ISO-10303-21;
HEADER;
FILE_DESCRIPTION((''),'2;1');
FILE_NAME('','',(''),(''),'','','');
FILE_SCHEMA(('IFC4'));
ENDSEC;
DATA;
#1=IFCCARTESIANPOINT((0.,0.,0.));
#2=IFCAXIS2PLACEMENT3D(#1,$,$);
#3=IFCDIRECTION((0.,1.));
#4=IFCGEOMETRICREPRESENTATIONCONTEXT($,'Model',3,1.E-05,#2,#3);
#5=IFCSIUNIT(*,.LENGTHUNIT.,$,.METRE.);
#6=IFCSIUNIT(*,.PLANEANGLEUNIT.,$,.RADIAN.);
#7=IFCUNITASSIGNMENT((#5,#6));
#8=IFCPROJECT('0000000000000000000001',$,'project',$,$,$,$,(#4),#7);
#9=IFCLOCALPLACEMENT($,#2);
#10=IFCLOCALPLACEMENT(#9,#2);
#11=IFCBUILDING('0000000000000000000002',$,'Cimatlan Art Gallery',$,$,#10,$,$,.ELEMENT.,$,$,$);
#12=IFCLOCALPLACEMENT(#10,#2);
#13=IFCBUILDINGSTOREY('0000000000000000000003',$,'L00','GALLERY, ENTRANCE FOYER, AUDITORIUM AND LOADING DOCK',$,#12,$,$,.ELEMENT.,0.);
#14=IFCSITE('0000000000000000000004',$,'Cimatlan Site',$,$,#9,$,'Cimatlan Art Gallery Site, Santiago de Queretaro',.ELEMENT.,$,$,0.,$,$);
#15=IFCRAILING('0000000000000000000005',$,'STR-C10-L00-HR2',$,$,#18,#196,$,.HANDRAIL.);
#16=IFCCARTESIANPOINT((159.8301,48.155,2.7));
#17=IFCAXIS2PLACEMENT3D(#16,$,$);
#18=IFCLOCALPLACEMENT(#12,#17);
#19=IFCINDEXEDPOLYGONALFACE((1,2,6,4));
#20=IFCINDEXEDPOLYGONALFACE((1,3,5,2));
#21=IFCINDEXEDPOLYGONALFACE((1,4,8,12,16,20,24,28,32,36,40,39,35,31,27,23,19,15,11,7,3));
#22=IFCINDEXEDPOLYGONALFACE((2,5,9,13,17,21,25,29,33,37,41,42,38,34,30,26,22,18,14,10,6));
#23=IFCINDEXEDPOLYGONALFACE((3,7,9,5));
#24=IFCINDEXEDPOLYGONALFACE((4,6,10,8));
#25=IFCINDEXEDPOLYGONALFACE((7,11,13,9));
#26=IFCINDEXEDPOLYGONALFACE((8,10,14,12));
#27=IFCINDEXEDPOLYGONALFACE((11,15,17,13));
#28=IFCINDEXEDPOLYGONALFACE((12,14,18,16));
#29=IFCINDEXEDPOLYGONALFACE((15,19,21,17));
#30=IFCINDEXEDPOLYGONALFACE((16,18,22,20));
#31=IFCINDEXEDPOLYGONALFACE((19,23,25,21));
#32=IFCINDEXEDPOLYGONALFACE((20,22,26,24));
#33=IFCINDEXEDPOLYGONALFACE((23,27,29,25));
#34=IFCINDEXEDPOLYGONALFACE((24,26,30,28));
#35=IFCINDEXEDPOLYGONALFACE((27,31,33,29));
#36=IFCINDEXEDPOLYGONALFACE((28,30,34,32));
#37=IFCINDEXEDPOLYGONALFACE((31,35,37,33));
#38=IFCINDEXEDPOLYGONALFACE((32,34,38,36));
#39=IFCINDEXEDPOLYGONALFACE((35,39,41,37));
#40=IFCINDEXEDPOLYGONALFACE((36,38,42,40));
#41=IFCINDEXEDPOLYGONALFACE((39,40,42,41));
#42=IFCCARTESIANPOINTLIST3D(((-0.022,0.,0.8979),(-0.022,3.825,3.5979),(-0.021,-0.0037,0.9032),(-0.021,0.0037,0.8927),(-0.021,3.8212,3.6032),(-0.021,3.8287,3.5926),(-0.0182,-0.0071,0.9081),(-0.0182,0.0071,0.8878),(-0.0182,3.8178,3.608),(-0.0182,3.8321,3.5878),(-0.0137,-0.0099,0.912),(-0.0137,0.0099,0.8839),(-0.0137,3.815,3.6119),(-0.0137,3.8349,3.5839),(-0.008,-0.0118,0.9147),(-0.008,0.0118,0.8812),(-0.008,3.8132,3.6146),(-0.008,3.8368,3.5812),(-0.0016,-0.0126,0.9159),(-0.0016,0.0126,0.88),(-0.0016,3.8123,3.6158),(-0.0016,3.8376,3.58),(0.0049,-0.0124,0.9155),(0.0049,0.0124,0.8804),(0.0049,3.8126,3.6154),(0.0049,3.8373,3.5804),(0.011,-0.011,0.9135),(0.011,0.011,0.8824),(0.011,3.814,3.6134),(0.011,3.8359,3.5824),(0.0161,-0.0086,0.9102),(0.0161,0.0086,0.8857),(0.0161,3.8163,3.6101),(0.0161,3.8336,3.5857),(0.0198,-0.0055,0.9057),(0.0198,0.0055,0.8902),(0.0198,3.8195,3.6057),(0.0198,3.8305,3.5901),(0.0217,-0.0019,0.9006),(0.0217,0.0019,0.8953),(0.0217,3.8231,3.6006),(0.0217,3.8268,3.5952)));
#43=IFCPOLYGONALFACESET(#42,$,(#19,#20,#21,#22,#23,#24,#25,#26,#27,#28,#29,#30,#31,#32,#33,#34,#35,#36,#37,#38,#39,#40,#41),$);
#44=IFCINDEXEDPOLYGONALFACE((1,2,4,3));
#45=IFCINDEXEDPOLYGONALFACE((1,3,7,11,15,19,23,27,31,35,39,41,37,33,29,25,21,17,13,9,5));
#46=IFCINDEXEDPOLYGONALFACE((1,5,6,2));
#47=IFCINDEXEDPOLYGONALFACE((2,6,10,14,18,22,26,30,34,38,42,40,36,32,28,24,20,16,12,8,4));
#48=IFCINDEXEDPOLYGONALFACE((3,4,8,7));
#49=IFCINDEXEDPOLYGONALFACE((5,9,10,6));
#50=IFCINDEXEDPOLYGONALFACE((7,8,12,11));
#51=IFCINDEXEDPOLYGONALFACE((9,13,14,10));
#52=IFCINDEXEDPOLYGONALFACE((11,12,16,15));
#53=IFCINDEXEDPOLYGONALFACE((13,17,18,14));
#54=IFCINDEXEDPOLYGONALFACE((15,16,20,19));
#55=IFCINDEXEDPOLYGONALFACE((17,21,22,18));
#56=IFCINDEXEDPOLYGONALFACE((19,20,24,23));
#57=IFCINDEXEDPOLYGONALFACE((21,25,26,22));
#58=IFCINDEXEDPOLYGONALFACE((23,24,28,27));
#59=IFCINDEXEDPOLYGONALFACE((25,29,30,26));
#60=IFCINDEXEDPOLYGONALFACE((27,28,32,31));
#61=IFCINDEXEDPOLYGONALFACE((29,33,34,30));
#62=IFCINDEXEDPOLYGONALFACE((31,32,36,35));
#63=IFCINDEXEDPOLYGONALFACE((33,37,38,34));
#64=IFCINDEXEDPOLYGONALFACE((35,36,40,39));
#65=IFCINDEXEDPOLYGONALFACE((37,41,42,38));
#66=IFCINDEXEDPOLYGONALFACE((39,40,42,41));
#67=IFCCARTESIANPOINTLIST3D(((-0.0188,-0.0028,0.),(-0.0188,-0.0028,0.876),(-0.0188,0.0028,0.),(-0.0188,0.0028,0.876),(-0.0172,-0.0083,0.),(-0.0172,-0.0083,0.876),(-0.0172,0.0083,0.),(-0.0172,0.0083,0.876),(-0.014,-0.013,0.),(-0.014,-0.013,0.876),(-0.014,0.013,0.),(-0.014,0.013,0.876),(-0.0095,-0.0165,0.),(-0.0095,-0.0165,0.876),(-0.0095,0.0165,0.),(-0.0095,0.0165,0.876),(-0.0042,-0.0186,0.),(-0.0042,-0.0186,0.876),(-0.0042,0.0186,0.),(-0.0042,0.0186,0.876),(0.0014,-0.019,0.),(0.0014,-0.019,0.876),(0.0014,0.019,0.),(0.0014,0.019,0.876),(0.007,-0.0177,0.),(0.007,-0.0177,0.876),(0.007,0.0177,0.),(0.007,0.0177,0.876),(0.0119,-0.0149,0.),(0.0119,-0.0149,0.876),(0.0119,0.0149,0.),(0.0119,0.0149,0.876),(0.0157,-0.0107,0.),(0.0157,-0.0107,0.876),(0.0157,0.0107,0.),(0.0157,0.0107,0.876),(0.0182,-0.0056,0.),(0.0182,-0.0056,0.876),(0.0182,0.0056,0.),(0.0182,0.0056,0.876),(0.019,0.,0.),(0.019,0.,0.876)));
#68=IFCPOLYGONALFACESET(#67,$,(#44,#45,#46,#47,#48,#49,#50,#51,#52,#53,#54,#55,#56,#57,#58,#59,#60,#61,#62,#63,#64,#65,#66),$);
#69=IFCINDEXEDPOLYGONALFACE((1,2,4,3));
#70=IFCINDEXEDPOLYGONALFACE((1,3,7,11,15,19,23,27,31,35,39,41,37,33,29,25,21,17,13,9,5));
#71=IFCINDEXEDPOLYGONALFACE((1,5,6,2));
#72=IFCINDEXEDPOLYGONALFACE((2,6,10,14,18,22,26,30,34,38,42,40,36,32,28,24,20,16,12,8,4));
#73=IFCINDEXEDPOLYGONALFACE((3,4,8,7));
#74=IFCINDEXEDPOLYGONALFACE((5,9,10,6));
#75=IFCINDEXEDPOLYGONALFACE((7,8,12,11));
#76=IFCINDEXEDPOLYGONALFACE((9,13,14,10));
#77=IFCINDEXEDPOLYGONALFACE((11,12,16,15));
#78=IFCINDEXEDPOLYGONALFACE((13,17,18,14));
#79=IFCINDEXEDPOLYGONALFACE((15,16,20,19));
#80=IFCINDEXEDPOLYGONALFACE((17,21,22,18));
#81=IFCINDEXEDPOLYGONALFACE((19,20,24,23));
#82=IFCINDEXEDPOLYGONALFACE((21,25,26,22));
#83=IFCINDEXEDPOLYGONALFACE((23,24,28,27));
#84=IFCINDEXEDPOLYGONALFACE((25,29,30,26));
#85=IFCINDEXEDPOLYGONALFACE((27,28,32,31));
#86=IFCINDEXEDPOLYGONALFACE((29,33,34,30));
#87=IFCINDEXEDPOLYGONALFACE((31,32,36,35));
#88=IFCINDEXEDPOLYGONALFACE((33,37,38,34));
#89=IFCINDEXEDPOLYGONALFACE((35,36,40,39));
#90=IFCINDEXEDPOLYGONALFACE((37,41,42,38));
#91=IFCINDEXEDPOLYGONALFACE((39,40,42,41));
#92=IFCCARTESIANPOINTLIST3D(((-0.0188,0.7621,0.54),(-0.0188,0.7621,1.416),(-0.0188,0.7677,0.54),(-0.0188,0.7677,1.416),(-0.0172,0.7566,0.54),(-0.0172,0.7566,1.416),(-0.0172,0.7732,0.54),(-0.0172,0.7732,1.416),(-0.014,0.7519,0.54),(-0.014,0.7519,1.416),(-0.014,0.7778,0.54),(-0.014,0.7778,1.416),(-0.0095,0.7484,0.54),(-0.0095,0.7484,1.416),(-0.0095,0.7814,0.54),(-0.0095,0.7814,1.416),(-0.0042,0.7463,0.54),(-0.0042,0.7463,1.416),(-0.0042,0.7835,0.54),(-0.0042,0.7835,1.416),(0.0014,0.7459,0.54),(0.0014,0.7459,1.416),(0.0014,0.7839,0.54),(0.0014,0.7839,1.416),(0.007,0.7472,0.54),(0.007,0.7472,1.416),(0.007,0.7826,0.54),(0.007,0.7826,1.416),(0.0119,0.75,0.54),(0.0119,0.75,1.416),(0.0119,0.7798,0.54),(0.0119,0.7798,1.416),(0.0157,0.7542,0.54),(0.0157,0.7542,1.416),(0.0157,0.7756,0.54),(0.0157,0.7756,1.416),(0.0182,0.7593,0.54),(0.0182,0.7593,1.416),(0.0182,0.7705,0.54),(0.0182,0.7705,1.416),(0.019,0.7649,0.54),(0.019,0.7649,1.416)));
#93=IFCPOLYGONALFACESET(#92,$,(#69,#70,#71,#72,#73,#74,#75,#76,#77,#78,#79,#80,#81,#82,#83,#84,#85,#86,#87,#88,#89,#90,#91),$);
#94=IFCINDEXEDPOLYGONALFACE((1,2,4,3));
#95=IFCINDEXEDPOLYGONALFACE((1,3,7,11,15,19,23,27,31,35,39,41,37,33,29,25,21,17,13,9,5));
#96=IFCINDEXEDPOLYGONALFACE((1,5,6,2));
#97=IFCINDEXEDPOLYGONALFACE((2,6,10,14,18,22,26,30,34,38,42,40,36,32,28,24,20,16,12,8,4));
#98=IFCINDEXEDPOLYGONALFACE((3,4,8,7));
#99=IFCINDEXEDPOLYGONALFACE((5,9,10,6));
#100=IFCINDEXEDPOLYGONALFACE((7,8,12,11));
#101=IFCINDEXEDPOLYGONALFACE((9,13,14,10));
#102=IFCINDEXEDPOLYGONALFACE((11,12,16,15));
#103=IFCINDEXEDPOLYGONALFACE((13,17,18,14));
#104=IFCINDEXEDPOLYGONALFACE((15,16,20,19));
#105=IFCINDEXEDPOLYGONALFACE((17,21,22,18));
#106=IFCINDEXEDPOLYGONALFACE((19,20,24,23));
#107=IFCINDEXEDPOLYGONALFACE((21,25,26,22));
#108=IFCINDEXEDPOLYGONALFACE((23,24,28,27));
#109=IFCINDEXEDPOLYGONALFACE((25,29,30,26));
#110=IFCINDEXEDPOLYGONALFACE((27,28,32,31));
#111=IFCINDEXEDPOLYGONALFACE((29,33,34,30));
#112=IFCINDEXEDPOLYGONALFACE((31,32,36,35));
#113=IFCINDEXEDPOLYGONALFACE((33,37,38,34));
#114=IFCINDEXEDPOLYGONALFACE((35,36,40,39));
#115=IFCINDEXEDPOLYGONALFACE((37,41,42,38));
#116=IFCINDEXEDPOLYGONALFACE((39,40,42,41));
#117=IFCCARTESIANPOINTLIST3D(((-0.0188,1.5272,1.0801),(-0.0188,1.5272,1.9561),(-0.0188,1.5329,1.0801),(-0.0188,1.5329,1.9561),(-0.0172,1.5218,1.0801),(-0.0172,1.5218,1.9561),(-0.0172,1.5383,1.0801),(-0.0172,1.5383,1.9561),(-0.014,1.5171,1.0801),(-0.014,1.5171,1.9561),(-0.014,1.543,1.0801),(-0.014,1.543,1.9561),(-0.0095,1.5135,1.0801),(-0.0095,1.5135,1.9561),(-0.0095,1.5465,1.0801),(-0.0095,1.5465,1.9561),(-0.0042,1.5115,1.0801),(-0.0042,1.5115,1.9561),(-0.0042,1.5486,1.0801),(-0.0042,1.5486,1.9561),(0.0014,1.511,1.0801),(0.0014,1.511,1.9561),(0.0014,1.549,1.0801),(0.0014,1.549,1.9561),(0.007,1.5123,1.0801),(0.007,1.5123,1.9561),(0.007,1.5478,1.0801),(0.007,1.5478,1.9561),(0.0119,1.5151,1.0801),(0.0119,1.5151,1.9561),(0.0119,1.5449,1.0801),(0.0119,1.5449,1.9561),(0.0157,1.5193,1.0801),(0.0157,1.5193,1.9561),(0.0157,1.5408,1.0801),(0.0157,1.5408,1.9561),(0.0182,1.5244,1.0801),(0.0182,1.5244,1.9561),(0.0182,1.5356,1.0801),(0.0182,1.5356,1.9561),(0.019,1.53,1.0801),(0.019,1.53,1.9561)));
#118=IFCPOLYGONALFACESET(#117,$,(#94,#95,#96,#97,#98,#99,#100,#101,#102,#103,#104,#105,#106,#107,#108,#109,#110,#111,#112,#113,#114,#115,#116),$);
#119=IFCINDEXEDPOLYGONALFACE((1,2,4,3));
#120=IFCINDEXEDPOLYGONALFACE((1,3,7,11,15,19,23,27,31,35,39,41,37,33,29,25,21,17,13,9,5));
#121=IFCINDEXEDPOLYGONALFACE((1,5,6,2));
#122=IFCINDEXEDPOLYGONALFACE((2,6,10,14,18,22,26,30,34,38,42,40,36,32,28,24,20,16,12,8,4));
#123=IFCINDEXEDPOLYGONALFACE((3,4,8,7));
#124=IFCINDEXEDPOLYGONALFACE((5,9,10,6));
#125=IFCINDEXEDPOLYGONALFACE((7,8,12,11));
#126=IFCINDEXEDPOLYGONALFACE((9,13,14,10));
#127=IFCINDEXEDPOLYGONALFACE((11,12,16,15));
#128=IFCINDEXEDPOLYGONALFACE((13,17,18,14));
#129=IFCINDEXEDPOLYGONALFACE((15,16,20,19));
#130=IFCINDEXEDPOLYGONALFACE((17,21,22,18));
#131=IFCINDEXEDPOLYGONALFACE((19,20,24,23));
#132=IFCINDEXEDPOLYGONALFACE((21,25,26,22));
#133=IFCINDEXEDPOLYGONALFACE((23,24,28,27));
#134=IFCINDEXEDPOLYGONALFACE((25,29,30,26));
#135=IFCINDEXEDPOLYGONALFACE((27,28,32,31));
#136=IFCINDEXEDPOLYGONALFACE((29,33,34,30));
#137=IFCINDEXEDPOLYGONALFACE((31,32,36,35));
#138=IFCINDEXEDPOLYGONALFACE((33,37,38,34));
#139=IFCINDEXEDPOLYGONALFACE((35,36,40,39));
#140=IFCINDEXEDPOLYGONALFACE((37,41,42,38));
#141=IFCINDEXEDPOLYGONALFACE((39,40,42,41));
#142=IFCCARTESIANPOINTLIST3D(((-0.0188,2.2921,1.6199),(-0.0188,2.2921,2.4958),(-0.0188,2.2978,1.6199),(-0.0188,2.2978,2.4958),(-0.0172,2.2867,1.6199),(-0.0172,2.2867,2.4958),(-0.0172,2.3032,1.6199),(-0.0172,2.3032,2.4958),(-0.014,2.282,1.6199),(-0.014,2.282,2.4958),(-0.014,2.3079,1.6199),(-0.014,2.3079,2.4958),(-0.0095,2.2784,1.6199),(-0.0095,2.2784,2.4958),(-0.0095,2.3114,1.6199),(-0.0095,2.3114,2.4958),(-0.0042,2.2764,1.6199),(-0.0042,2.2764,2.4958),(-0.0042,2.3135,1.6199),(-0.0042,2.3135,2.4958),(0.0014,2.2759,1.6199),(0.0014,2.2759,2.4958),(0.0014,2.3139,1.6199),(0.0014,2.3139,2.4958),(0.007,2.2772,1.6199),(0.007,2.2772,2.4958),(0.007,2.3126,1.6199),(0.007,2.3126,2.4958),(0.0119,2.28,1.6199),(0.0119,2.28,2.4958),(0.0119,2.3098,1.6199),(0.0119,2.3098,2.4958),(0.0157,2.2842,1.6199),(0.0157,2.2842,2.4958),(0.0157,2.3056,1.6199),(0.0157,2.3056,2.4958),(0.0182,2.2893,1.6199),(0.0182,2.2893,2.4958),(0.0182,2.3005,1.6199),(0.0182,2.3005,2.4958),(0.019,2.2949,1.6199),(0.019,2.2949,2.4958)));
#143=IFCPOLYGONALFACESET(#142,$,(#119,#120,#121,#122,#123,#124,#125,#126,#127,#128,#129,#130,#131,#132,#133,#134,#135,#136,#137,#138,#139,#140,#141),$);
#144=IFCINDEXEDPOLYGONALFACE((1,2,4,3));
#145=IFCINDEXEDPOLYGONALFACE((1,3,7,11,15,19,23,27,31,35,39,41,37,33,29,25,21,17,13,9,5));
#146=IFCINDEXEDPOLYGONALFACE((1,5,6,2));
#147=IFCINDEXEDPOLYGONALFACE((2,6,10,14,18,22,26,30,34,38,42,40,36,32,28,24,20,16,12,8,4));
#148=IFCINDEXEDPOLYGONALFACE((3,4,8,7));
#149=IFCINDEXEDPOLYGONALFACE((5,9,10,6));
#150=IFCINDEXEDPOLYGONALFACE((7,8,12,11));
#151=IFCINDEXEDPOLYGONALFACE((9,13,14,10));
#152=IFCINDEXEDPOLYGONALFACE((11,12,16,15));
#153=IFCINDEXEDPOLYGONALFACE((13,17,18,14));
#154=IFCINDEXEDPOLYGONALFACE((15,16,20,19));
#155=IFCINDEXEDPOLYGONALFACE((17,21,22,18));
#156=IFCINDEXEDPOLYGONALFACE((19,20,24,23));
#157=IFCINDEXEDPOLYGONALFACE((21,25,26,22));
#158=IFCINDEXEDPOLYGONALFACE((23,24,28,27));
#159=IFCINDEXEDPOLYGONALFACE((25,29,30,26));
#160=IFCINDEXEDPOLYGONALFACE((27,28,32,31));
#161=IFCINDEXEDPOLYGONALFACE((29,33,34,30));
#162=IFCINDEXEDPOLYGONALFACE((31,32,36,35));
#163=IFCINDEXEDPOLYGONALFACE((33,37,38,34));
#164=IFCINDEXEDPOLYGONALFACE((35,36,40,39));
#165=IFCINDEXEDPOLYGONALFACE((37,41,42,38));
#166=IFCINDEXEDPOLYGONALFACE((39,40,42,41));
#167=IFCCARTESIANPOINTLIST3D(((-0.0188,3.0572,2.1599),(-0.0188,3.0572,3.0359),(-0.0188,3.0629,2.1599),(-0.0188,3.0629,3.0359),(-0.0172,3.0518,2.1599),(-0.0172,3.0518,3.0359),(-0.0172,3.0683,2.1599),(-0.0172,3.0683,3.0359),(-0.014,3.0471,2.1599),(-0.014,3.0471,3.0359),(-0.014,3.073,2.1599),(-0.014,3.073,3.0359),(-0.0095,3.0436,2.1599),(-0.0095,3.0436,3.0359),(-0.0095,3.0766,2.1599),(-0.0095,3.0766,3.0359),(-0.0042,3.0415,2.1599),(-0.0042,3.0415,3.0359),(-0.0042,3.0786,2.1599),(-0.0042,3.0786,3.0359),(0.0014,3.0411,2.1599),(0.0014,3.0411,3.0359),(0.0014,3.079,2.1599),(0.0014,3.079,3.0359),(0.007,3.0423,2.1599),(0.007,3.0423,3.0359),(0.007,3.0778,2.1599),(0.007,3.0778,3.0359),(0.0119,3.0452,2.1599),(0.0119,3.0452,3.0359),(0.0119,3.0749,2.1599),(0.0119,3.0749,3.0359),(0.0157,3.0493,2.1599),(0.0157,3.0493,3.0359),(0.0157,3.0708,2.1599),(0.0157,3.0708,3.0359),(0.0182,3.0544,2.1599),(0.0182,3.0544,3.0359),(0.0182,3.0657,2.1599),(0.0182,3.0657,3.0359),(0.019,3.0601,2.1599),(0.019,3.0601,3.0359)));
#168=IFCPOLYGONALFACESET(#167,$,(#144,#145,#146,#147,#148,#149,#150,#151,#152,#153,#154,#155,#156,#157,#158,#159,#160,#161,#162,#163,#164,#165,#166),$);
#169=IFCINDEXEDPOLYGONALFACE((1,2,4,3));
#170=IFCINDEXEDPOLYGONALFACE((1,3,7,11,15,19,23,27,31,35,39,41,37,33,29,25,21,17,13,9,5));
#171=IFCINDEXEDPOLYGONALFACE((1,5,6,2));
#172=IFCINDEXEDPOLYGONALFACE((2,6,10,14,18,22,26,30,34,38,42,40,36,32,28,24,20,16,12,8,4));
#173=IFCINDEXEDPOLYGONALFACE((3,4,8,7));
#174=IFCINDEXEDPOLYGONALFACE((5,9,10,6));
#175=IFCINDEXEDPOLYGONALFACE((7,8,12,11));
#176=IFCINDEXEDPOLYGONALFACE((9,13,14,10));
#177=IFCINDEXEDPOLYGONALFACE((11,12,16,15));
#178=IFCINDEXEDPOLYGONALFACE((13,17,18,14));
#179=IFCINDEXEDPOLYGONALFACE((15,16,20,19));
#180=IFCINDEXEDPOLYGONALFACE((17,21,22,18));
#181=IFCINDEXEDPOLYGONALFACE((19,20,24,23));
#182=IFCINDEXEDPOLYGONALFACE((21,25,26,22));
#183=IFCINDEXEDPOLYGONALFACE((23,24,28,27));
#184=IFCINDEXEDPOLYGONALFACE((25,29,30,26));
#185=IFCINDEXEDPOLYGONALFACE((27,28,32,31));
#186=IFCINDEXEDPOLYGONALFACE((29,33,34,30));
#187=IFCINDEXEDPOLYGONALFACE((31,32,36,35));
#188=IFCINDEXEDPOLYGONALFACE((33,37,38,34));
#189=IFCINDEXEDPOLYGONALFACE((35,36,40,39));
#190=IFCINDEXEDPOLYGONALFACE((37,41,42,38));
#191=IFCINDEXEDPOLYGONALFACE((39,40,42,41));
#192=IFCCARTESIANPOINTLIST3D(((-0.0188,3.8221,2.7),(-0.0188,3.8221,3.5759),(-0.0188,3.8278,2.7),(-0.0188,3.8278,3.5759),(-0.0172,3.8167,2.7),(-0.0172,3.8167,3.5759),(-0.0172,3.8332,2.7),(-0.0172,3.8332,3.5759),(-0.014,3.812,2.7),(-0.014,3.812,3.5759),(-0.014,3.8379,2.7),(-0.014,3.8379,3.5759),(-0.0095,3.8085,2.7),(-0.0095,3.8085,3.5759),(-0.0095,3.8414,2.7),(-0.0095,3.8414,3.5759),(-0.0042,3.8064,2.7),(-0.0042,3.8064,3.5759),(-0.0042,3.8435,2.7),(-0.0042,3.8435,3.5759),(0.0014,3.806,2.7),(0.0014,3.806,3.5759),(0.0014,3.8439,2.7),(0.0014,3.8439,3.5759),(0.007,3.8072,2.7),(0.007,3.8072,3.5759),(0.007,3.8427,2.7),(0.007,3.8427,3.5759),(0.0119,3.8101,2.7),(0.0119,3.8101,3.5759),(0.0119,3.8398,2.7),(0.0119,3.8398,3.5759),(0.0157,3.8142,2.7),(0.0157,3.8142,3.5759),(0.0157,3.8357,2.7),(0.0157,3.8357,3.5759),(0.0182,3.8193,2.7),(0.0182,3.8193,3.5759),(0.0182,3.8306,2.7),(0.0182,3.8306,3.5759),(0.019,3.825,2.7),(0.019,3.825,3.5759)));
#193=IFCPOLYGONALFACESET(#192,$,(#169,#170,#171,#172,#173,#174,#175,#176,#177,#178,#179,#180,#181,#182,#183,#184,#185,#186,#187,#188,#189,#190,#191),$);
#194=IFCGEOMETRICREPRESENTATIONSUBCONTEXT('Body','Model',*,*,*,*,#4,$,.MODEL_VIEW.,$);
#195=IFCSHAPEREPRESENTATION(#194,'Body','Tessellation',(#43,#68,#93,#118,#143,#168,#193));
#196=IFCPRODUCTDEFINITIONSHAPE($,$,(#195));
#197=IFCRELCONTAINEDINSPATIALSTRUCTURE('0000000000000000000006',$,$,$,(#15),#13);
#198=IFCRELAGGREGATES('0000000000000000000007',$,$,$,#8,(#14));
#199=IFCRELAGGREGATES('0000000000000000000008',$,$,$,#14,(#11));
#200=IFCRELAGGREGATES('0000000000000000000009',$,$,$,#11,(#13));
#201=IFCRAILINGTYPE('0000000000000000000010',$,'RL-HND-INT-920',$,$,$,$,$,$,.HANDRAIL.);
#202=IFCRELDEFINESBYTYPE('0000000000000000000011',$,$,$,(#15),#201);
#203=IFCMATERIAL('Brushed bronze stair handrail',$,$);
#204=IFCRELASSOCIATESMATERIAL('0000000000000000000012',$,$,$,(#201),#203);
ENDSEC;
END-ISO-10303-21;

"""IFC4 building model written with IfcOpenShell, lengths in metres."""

from ifc_helpers import new_model, si_unit, direction, frame, origin, origin_2d, place, context, subcontext, project, spatial, circle, extrude, material, type_object, element, save


model = new_model("IFC4")

# Units and contexts
model_context = context("Model", 3, precision=1e-05, world=origin(), true_north=direction((0.0, 1.0)))
body_context = subcontext(model_context, "Body", "Model", "MODEL_VIEW")
ifc_project = project(units=[si_unit("LENGTHUNIT", "METRE"), si_unit("PLANEANGLEUNIT", "RADIAN")], contexts=[model_context])

# Site, building, storey
site_placement = place(None, origin())
site = spatial("IfcSite", under=ifc_project, at=site_placement, Name="Cimatlan Site", LongName="Cimatlan Art Gallery Site, Santiago de Queretaro", CompositionType="ELEMENT", RefElevation=0.0)
building_placement = place(site_placement, origin())
building = spatial("IfcBuilding", under=site, at=building_placement, Name="Cimatlan Art Gallery", CompositionType="ELEMENT")
storey_placement = place(building_placement, origin())
storey = spatial("IfcBuildingStorey", under=building, at=storey_placement, Name="L00", Description="GALLERY, ENTRANCE FOYER, AUDITORIUM AND LOADING DOCK", CompositionType="ELEMENT", Elevation=0.0)

# Railing
ifc_material_1 = material(Name="Brushed bronze stair handrail")
railing_type_1 = type_object("IfcRailingType", Name="RL-HND-INT-920", PredefinedType="HANDRAIL", material=ifc_material_1)
railing_1_placement = place(storey_placement, frame((159.8301, 48.155, 2.7)))
element("IfcRailing", 1, at=railing_1_placement, inside=storey, type_object=railing_type_1, Name="STR-C10-L00-HR2", PredefinedType="HANDRAIL", context=body_context, shape_type="SweptSolid", body=[
    extrude(circle(Radius=0.022, at=origin_2d()), frame((0.0, 0.0, 0.8979), z_axis=(0.0, 0.816969, 0.576681), x_axis=(-1.0, 0.0, 0.0)), (0.0, 0.0, 1.0), 4.6819),
    extrude(circle(Radius=0.019, at=origin_2d()), origin(), (0.0, 0.0, 1.0), 0.876),
    extrude(circle(Radius=0.019, at=origin_2d()), frame((0.0, 0.7649, 0.54)), (0.0, 0.0, 1.0), 0.876),
    extrude(circle(Radius=0.019, at=origin_2d()), frame((0.0, 1.53, 1.0801)), (0.0, 0.0, 1.0), 0.876),
    extrude(circle(Radius=0.019, at=origin_2d()), frame((0.0, 2.2949, 1.6199)), (0.0, 0.0, 1.0), 0.876),
    extrude(circle(Radius=0.019, at=origin_2d()), frame((0.0, 3.0601, 2.1599)), (0.0, 0.0, 1.0), 0.876),
    extrude(circle(Radius=0.019, at=origin_2d()), frame((0.0, 3.825, 2.7)), (0.0, 0.0, 1.0), 0.876),
])

save(model, "model.ifc")
